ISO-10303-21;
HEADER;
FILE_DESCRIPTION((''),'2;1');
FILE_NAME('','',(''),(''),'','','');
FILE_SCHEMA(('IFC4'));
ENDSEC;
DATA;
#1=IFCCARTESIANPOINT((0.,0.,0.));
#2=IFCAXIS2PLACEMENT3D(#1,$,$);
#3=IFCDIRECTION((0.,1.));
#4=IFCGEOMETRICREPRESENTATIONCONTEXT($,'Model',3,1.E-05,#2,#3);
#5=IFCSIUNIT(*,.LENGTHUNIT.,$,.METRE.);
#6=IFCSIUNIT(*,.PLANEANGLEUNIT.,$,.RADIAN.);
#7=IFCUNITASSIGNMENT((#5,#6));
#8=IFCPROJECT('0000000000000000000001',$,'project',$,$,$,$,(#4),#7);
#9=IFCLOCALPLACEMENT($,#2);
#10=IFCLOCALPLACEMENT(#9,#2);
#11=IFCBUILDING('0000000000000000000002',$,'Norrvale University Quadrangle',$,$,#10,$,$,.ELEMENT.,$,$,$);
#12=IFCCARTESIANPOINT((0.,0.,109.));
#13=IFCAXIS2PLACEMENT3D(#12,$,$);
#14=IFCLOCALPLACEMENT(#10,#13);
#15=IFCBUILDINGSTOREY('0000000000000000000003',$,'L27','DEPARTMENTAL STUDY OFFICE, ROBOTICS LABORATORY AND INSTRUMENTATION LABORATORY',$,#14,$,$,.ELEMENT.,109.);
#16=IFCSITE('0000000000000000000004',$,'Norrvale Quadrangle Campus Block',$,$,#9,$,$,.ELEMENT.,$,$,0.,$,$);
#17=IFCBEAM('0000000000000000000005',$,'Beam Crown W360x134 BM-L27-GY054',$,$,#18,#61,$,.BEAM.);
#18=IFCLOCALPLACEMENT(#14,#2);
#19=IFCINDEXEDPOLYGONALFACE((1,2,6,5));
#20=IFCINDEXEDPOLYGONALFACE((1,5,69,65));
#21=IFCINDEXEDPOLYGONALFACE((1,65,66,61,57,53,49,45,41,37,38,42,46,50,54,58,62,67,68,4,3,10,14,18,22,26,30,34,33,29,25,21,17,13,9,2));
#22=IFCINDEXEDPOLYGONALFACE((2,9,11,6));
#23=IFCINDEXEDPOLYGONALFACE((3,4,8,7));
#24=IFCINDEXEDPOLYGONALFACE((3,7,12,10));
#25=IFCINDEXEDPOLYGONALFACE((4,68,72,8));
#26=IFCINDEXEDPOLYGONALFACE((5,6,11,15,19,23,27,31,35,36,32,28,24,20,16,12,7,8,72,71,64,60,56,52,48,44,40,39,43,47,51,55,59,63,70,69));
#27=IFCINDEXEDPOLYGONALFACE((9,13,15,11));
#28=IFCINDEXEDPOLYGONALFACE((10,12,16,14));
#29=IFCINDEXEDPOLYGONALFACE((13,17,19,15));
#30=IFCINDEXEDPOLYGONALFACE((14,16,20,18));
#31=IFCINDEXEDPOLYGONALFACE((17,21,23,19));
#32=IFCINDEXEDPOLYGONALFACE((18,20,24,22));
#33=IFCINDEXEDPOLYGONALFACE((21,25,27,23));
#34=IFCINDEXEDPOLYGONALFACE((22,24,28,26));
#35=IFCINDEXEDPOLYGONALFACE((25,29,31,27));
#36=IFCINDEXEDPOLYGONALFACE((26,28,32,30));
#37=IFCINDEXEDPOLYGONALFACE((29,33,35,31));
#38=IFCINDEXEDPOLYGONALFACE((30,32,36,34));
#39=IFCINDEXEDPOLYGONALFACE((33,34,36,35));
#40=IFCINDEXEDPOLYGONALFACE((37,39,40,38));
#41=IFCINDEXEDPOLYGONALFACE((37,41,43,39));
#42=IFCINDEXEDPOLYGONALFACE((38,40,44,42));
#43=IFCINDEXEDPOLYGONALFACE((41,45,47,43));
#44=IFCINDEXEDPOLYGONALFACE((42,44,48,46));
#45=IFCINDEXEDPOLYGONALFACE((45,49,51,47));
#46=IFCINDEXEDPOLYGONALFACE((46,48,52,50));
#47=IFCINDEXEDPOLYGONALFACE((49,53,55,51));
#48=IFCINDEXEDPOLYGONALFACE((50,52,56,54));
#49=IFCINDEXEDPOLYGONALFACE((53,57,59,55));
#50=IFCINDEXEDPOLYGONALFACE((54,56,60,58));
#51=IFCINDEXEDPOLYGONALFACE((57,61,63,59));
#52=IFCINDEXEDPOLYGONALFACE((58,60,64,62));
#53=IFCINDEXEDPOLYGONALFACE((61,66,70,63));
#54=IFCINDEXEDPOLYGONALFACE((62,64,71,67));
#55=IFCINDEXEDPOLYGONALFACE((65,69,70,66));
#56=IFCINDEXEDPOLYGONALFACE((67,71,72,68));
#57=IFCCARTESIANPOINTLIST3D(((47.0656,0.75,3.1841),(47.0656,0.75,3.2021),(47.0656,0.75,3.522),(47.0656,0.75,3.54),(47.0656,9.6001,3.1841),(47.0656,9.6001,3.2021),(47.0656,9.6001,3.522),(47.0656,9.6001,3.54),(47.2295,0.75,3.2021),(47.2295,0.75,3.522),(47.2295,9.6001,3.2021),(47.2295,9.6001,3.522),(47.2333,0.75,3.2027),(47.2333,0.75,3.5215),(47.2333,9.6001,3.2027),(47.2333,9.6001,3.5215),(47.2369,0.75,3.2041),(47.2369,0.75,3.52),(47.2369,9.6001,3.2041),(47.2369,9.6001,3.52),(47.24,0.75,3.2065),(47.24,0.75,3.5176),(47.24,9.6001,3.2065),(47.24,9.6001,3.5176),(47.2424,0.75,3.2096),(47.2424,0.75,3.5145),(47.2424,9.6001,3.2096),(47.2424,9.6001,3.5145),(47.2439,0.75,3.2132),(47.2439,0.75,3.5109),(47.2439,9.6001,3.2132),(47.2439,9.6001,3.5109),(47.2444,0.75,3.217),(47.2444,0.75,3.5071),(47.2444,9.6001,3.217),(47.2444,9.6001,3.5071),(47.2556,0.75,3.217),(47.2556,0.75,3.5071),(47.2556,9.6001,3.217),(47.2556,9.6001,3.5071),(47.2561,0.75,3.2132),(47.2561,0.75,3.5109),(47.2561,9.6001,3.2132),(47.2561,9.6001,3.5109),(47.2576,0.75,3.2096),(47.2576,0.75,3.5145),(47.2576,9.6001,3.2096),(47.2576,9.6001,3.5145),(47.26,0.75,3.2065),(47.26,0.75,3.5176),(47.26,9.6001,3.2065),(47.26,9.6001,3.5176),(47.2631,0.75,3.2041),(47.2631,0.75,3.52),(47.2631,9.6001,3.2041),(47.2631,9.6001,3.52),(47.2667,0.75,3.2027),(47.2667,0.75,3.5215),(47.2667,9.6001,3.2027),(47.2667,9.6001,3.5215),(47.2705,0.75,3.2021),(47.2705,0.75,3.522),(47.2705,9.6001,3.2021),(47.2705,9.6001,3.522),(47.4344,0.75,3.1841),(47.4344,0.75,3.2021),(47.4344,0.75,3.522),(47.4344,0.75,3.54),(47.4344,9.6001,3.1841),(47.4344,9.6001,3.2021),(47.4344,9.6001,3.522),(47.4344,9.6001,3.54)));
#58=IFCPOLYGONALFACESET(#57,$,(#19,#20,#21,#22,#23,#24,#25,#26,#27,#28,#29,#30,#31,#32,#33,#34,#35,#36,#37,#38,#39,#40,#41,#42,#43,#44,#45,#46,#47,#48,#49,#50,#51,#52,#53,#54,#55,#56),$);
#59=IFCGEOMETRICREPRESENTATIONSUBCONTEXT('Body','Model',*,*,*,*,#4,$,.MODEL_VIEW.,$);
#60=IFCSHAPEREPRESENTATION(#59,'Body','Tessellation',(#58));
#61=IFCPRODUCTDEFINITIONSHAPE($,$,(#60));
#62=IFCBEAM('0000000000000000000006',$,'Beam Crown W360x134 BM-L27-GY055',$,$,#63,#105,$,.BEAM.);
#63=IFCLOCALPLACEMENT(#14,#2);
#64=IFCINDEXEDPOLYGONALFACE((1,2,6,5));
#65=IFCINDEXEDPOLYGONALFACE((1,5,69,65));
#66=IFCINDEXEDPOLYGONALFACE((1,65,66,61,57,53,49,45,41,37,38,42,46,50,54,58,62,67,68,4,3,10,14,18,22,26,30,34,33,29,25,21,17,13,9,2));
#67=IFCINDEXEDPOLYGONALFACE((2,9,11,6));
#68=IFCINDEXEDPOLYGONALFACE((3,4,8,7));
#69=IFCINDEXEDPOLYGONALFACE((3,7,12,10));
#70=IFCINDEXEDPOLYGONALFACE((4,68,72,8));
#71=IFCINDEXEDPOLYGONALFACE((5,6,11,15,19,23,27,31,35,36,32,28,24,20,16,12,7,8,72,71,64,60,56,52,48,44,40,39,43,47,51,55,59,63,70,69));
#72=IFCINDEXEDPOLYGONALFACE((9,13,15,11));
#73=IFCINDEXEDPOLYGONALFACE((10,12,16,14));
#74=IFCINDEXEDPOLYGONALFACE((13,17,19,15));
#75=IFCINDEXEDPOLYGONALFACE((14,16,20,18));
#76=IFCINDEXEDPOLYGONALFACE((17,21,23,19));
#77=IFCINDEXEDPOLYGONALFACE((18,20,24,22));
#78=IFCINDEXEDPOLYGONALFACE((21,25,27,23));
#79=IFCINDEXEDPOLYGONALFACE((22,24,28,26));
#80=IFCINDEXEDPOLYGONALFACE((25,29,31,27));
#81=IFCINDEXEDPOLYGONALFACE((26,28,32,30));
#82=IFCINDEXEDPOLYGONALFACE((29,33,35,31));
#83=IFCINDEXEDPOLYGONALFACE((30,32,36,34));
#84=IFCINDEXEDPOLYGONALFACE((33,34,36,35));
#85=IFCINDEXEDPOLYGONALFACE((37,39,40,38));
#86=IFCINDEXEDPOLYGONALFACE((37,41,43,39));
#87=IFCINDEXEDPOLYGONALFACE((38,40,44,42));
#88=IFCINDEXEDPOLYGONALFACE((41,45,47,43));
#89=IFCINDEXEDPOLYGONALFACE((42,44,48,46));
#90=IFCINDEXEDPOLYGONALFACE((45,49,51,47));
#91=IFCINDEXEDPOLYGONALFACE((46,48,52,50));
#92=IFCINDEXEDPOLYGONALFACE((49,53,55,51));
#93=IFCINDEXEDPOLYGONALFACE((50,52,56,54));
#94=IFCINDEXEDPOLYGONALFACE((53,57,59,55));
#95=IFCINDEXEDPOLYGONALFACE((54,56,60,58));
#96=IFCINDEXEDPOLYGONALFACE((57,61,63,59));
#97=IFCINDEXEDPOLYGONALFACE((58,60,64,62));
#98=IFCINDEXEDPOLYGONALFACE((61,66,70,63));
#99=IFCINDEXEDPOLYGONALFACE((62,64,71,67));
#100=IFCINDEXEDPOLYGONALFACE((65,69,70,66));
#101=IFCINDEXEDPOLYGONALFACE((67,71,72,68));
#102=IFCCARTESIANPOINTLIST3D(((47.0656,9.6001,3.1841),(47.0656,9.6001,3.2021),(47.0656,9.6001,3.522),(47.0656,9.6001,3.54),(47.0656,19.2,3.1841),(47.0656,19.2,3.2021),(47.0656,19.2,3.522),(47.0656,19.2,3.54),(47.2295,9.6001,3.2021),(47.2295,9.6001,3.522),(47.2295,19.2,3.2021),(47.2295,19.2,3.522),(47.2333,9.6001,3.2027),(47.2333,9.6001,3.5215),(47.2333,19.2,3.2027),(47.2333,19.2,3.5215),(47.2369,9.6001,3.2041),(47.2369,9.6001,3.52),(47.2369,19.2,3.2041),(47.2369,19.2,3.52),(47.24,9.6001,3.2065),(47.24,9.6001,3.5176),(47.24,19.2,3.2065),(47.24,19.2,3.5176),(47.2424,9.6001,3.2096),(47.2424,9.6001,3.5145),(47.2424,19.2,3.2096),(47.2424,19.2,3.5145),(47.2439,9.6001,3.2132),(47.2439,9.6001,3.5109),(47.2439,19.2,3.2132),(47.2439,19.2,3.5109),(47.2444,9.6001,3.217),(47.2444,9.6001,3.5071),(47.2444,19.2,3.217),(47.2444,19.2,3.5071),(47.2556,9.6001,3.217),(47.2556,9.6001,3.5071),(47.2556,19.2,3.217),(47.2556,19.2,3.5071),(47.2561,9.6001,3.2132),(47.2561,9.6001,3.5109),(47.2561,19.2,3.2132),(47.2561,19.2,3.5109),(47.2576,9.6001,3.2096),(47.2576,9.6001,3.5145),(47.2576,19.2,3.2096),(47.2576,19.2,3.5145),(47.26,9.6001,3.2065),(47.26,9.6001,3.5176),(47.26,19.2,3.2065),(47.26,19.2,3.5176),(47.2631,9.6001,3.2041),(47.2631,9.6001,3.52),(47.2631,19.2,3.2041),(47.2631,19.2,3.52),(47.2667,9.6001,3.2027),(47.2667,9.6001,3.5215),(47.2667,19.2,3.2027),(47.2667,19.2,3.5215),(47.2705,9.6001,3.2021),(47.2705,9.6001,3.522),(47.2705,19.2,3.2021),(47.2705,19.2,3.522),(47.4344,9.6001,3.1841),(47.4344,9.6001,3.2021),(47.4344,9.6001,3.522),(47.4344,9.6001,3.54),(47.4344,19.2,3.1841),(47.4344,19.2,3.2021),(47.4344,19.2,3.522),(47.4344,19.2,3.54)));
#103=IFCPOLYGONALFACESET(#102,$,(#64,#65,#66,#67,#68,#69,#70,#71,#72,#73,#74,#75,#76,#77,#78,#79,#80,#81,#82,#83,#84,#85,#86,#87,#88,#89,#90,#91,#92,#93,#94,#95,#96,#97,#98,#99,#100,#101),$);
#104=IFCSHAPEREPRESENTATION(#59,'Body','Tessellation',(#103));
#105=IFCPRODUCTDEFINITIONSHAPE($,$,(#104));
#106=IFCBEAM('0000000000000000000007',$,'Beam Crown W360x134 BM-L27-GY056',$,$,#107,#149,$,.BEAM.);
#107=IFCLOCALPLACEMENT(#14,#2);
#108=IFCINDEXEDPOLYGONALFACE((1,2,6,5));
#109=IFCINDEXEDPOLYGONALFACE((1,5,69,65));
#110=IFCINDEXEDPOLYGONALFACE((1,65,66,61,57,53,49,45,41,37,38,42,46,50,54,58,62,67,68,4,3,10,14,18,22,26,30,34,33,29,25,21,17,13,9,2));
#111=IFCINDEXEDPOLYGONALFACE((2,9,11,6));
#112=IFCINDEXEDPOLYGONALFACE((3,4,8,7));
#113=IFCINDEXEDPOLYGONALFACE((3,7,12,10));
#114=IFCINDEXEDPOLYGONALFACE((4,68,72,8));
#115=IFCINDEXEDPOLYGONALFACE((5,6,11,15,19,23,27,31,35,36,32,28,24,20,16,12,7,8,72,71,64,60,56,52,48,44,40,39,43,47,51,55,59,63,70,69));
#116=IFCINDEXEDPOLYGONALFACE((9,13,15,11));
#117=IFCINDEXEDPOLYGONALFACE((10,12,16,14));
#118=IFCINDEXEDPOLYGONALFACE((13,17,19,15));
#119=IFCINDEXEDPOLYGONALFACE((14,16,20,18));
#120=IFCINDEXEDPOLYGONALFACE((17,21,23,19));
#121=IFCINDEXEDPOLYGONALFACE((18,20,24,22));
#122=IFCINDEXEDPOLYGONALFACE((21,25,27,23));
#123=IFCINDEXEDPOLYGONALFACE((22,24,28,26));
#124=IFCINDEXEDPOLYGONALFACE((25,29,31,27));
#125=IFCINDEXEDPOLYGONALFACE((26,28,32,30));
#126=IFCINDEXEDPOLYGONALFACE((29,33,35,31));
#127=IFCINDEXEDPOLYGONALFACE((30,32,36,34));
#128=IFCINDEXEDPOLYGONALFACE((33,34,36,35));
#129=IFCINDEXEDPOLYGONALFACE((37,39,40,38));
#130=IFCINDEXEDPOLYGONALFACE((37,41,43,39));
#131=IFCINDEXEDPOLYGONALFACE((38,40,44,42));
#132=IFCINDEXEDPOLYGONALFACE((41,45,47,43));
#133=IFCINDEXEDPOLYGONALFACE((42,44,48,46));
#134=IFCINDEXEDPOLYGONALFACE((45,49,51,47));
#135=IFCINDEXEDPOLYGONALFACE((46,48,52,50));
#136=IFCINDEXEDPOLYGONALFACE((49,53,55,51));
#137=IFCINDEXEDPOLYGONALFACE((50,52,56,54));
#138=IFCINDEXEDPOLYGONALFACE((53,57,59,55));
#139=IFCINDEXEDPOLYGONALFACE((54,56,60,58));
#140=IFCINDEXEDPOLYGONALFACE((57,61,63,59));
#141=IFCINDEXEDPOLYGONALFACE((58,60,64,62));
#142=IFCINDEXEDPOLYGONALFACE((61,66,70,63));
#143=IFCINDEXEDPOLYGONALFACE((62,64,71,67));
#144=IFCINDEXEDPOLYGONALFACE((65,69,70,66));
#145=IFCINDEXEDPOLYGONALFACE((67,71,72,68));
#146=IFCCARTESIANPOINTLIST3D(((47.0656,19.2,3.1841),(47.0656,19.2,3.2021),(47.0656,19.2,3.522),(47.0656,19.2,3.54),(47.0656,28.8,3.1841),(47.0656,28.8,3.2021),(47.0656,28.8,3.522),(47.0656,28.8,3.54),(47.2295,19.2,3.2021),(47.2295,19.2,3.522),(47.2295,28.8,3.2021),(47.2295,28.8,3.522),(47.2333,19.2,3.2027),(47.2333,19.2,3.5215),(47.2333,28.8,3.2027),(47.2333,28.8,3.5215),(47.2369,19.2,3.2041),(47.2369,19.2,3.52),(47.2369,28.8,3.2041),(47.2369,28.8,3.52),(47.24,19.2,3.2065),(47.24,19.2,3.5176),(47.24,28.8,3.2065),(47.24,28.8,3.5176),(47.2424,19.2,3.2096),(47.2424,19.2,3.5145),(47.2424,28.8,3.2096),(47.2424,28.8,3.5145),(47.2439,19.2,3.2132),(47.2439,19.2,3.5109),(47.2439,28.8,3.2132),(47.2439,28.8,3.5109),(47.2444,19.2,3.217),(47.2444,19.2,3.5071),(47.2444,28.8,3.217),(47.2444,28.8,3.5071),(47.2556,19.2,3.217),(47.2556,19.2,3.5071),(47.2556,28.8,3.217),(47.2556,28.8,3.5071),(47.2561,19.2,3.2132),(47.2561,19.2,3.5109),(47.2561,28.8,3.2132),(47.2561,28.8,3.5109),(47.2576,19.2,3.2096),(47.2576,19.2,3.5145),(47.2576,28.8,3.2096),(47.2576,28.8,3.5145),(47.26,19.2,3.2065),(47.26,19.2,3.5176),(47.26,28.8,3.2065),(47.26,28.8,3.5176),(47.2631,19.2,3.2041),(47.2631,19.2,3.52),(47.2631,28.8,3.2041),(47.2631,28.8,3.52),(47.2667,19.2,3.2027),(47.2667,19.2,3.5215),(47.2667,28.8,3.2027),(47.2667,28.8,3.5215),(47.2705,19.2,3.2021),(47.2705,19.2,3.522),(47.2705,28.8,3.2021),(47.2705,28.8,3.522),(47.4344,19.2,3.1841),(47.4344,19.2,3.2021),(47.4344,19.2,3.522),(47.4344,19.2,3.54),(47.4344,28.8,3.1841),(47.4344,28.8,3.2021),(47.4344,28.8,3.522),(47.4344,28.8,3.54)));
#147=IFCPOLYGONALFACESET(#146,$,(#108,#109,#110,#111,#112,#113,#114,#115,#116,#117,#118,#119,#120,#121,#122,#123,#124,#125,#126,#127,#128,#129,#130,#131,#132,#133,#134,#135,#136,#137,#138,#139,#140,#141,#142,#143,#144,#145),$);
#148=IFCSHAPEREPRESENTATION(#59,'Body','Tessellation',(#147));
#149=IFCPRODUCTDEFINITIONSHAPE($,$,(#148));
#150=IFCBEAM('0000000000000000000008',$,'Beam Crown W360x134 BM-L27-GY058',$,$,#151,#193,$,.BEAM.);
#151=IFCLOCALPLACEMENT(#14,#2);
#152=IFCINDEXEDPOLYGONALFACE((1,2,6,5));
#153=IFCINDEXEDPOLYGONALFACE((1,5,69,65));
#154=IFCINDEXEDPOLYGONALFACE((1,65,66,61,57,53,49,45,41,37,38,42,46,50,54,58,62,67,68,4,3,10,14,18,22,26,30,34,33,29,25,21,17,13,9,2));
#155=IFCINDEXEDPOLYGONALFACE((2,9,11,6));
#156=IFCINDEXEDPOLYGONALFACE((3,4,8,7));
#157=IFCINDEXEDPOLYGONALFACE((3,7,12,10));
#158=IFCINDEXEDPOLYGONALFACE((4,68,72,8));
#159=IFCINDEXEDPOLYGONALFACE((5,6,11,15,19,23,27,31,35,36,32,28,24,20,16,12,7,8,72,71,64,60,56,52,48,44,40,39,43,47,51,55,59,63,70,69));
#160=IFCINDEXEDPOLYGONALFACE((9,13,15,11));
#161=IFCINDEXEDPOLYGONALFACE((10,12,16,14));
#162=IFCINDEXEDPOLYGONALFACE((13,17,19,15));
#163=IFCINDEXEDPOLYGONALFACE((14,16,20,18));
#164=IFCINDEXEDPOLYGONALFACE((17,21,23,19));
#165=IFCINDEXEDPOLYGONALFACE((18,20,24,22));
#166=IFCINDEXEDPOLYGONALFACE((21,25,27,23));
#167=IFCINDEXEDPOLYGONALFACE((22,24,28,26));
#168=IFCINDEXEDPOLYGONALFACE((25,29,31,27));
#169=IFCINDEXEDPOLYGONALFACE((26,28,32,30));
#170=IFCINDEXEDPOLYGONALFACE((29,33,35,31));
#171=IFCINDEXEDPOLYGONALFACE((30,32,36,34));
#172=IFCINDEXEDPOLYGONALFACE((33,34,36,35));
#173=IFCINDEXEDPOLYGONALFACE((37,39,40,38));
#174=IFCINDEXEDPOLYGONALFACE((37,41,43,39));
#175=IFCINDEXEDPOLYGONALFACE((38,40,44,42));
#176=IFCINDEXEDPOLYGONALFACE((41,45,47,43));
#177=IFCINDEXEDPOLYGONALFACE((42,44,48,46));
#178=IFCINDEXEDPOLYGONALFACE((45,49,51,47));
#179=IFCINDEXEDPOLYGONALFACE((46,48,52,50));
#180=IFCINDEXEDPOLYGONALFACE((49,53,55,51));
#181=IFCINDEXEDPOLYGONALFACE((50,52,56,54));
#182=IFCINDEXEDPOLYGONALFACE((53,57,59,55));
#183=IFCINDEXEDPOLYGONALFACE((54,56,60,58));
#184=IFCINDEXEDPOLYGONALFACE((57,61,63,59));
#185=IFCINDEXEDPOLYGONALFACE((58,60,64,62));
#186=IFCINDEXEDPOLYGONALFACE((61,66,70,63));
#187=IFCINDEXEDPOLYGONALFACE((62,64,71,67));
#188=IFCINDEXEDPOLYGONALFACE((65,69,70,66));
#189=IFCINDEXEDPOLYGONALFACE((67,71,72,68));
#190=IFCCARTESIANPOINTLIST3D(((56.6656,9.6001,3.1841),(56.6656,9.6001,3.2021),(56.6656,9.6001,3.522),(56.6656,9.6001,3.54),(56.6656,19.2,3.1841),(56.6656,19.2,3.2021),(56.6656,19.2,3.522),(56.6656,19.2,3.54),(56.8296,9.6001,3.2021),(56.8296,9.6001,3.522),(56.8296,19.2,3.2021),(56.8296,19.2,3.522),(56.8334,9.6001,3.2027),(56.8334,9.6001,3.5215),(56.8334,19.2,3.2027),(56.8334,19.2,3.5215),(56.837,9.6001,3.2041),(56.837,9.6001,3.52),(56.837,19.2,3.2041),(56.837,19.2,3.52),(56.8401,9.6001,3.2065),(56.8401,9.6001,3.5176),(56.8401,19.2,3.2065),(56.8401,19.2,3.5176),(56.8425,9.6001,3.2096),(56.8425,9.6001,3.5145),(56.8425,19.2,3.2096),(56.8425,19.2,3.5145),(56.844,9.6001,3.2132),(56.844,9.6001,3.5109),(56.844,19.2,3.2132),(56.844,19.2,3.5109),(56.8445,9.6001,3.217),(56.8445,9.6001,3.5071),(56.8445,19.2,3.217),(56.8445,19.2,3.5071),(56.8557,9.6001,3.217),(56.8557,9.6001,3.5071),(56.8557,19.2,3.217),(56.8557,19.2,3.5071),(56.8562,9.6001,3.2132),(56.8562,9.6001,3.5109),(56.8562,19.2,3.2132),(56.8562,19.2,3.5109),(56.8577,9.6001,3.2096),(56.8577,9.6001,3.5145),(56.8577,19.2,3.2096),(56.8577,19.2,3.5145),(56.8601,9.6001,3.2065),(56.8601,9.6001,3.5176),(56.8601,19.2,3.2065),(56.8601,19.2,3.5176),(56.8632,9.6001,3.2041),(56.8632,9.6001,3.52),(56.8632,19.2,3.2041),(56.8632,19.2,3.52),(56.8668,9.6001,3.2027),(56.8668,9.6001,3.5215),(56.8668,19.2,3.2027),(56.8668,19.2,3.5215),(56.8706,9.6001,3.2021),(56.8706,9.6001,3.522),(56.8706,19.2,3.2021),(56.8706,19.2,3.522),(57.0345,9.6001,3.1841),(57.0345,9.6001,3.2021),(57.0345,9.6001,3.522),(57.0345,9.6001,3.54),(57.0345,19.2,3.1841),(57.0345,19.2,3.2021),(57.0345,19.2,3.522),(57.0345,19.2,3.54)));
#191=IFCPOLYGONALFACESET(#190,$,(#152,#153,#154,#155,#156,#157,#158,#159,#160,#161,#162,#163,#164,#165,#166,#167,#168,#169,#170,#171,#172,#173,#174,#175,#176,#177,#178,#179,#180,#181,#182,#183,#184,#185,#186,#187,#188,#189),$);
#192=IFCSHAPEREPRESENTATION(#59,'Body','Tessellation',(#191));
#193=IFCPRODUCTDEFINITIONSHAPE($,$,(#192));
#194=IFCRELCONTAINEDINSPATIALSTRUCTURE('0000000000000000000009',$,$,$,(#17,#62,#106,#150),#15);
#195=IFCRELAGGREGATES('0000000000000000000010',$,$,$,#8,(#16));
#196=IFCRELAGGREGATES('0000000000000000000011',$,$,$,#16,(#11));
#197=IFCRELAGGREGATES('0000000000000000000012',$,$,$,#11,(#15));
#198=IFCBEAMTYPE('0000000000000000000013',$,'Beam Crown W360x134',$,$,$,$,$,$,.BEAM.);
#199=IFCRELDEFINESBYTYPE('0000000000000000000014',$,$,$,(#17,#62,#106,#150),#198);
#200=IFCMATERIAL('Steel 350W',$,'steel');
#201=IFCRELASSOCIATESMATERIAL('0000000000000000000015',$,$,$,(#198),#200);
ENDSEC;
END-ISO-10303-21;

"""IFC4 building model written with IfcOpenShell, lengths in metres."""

from ifc_helpers import new_model, si_unit, direction, frame, origin, origin_2d, place, context, subcontext, project, spatial, i_section, extrude, material, material_profile, profile_set, type_object, element, save


model = new_model("IFC4")

# Units and contexts
model_context = context("Model", 3, precision=1e-05, world=origin(), true_north=direction((0.0, 1.0)))
body_context = subcontext(model_context, "Body", "Model", "MODEL_VIEW")
ifc_project = project(units=[si_unit("LENGTHUNIT", "METRE"), si_unit("PLANEANGLEUNIT", "RADIAN")], contexts=[model_context])

# Site, building, storey
site_placement = place(None, origin())
site = spatial("IfcSite", under=ifc_project, at=site_placement, Name="Norrvale Quadrangle Campus Block", CompositionType="ELEMENT", RefElevation=0.0)
building_placement = place(site_placement, origin())
building = spatial("IfcBuilding", under=site, at=building_placement, Name="Norrvale University Quadrangle", CompositionType="ELEMENT")
storey_placement = place(building_placement, frame((0.0, 0.0, 109.0)))
storey = spatial("IfcBuildingStorey", under=building, at=storey_placement, Name="L27", Description="DEPARTMENTAL STUDY OFFICE, ROBOTICS LABORATORY AND INSTRUMENTATION LABORATORY", CompositionType="ELEMENT", Elevation=109.0)

# Beams
ifc_material_1 = material(Name="Steel 350W", Category="steel")
ifc_material_profile_1 = material_profile(ifc_material_1, i_section(OverallWidth=0.3689, OverallDepth=0.356, WebThickness=0.0112, FlangeThickness=0.0181, FilletRadius=0.0149, at=origin_2d()), Name="Steel 350W")
ifc_profile_set_1 = profile_set([ifc_material_profile_1], Name="Steel 350W")
beam_type_1 = type_object("IfcBeamType", Name="Beam Crown W360x134", PredefinedType="BEAM", material=ifc_profile_set_1)
beam_1_placement = place(storey_placement, frame((47.25, 0.75, 3.3621), z_axis=(0.0, 1.0, 0.0), x_axis=(-1.0, 0.0, 0.0)))
element("IfcBeam", 1, at=beam_1_placement, inside=storey, type_object=beam_type_1, Name="Beam Crown W360x134 BM-L27-GY054", PredefinedType="BEAM", context=body_context, shape_type="SweptSolid", body=[
    extrude(i_section(OverallWidth=0.3689, OverallDepth=0.356, WebThickness=0.0112, FlangeThickness=0.0181, FilletRadius=0.0149, at=origin_2d()), origin(), (0.0, 0.0, 1.0), 8.8501),
])
beam_2_placement = place(storey_placement, frame((47.25, 9.6001, 3.3621), z_axis=(0.0, 1.0, 0.0), x_axis=(-1.0, 0.0, 0.0)))
element("IfcBeam", 2, at=beam_2_placement, inside=storey, type_object=beam_type_1, Name="Beam Crown W360x134 BM-L27-GY055", PredefinedType="BEAM", context=body_context, shape_type="SweptSolid", body=[
    extrude(i_section(OverallWidth=0.3689, OverallDepth=0.356, WebThickness=0.0112, FlangeThickness=0.0181, FilletRadius=0.0149, at=origin_2d()), origin(), (0.0, 0.0, 1.0), 9.5999),
])
beam_3_placement = place(storey_placement, frame((47.25, 19.2, 3.3621), z_axis=(0.0, 1.0, 0.0), x_axis=(-1.0, 0.0, 0.0)))
element("IfcBeam", 3, at=beam_3_placement, inside=storey, type_object=beam_type_1, Name="Beam Crown W360x134 BM-L27-GY056", PredefinedType="BEAM", context=body_context, shape_type="SweptSolid", body=[
    extrude(i_section(OverallWidth=0.3689, OverallDepth=0.356, WebThickness=0.0112, FlangeThickness=0.0181, FilletRadius=0.0149, at=origin_2d()), origin(), (0.0, 0.0, 1.0), 9.6001),
])
beam_4_placement = place(storey_placement, frame((56.8501, 9.6001, 3.3621), z_axis=(0.0, 1.0, 0.0), x_axis=(-1.0, 0.0, 0.0)))
element("IfcBeam", 4, at=beam_4_placement, inside=storey, type_object=beam_type_1, Name="Beam Crown W360x134 BM-L27-GY058", PredefinedType="BEAM", context=body_context, shape_type="SweptSolid", body=[
    extrude(i_section(OverallWidth=0.3689, OverallDepth=0.356, WebThickness=0.0112, FlangeThickness=0.0181, FilletRadius=0.0149, at=origin_2d()), origin(), (0.0, 0.0, 1.0), 9.5999),
])

save(model, "model.ifc")
